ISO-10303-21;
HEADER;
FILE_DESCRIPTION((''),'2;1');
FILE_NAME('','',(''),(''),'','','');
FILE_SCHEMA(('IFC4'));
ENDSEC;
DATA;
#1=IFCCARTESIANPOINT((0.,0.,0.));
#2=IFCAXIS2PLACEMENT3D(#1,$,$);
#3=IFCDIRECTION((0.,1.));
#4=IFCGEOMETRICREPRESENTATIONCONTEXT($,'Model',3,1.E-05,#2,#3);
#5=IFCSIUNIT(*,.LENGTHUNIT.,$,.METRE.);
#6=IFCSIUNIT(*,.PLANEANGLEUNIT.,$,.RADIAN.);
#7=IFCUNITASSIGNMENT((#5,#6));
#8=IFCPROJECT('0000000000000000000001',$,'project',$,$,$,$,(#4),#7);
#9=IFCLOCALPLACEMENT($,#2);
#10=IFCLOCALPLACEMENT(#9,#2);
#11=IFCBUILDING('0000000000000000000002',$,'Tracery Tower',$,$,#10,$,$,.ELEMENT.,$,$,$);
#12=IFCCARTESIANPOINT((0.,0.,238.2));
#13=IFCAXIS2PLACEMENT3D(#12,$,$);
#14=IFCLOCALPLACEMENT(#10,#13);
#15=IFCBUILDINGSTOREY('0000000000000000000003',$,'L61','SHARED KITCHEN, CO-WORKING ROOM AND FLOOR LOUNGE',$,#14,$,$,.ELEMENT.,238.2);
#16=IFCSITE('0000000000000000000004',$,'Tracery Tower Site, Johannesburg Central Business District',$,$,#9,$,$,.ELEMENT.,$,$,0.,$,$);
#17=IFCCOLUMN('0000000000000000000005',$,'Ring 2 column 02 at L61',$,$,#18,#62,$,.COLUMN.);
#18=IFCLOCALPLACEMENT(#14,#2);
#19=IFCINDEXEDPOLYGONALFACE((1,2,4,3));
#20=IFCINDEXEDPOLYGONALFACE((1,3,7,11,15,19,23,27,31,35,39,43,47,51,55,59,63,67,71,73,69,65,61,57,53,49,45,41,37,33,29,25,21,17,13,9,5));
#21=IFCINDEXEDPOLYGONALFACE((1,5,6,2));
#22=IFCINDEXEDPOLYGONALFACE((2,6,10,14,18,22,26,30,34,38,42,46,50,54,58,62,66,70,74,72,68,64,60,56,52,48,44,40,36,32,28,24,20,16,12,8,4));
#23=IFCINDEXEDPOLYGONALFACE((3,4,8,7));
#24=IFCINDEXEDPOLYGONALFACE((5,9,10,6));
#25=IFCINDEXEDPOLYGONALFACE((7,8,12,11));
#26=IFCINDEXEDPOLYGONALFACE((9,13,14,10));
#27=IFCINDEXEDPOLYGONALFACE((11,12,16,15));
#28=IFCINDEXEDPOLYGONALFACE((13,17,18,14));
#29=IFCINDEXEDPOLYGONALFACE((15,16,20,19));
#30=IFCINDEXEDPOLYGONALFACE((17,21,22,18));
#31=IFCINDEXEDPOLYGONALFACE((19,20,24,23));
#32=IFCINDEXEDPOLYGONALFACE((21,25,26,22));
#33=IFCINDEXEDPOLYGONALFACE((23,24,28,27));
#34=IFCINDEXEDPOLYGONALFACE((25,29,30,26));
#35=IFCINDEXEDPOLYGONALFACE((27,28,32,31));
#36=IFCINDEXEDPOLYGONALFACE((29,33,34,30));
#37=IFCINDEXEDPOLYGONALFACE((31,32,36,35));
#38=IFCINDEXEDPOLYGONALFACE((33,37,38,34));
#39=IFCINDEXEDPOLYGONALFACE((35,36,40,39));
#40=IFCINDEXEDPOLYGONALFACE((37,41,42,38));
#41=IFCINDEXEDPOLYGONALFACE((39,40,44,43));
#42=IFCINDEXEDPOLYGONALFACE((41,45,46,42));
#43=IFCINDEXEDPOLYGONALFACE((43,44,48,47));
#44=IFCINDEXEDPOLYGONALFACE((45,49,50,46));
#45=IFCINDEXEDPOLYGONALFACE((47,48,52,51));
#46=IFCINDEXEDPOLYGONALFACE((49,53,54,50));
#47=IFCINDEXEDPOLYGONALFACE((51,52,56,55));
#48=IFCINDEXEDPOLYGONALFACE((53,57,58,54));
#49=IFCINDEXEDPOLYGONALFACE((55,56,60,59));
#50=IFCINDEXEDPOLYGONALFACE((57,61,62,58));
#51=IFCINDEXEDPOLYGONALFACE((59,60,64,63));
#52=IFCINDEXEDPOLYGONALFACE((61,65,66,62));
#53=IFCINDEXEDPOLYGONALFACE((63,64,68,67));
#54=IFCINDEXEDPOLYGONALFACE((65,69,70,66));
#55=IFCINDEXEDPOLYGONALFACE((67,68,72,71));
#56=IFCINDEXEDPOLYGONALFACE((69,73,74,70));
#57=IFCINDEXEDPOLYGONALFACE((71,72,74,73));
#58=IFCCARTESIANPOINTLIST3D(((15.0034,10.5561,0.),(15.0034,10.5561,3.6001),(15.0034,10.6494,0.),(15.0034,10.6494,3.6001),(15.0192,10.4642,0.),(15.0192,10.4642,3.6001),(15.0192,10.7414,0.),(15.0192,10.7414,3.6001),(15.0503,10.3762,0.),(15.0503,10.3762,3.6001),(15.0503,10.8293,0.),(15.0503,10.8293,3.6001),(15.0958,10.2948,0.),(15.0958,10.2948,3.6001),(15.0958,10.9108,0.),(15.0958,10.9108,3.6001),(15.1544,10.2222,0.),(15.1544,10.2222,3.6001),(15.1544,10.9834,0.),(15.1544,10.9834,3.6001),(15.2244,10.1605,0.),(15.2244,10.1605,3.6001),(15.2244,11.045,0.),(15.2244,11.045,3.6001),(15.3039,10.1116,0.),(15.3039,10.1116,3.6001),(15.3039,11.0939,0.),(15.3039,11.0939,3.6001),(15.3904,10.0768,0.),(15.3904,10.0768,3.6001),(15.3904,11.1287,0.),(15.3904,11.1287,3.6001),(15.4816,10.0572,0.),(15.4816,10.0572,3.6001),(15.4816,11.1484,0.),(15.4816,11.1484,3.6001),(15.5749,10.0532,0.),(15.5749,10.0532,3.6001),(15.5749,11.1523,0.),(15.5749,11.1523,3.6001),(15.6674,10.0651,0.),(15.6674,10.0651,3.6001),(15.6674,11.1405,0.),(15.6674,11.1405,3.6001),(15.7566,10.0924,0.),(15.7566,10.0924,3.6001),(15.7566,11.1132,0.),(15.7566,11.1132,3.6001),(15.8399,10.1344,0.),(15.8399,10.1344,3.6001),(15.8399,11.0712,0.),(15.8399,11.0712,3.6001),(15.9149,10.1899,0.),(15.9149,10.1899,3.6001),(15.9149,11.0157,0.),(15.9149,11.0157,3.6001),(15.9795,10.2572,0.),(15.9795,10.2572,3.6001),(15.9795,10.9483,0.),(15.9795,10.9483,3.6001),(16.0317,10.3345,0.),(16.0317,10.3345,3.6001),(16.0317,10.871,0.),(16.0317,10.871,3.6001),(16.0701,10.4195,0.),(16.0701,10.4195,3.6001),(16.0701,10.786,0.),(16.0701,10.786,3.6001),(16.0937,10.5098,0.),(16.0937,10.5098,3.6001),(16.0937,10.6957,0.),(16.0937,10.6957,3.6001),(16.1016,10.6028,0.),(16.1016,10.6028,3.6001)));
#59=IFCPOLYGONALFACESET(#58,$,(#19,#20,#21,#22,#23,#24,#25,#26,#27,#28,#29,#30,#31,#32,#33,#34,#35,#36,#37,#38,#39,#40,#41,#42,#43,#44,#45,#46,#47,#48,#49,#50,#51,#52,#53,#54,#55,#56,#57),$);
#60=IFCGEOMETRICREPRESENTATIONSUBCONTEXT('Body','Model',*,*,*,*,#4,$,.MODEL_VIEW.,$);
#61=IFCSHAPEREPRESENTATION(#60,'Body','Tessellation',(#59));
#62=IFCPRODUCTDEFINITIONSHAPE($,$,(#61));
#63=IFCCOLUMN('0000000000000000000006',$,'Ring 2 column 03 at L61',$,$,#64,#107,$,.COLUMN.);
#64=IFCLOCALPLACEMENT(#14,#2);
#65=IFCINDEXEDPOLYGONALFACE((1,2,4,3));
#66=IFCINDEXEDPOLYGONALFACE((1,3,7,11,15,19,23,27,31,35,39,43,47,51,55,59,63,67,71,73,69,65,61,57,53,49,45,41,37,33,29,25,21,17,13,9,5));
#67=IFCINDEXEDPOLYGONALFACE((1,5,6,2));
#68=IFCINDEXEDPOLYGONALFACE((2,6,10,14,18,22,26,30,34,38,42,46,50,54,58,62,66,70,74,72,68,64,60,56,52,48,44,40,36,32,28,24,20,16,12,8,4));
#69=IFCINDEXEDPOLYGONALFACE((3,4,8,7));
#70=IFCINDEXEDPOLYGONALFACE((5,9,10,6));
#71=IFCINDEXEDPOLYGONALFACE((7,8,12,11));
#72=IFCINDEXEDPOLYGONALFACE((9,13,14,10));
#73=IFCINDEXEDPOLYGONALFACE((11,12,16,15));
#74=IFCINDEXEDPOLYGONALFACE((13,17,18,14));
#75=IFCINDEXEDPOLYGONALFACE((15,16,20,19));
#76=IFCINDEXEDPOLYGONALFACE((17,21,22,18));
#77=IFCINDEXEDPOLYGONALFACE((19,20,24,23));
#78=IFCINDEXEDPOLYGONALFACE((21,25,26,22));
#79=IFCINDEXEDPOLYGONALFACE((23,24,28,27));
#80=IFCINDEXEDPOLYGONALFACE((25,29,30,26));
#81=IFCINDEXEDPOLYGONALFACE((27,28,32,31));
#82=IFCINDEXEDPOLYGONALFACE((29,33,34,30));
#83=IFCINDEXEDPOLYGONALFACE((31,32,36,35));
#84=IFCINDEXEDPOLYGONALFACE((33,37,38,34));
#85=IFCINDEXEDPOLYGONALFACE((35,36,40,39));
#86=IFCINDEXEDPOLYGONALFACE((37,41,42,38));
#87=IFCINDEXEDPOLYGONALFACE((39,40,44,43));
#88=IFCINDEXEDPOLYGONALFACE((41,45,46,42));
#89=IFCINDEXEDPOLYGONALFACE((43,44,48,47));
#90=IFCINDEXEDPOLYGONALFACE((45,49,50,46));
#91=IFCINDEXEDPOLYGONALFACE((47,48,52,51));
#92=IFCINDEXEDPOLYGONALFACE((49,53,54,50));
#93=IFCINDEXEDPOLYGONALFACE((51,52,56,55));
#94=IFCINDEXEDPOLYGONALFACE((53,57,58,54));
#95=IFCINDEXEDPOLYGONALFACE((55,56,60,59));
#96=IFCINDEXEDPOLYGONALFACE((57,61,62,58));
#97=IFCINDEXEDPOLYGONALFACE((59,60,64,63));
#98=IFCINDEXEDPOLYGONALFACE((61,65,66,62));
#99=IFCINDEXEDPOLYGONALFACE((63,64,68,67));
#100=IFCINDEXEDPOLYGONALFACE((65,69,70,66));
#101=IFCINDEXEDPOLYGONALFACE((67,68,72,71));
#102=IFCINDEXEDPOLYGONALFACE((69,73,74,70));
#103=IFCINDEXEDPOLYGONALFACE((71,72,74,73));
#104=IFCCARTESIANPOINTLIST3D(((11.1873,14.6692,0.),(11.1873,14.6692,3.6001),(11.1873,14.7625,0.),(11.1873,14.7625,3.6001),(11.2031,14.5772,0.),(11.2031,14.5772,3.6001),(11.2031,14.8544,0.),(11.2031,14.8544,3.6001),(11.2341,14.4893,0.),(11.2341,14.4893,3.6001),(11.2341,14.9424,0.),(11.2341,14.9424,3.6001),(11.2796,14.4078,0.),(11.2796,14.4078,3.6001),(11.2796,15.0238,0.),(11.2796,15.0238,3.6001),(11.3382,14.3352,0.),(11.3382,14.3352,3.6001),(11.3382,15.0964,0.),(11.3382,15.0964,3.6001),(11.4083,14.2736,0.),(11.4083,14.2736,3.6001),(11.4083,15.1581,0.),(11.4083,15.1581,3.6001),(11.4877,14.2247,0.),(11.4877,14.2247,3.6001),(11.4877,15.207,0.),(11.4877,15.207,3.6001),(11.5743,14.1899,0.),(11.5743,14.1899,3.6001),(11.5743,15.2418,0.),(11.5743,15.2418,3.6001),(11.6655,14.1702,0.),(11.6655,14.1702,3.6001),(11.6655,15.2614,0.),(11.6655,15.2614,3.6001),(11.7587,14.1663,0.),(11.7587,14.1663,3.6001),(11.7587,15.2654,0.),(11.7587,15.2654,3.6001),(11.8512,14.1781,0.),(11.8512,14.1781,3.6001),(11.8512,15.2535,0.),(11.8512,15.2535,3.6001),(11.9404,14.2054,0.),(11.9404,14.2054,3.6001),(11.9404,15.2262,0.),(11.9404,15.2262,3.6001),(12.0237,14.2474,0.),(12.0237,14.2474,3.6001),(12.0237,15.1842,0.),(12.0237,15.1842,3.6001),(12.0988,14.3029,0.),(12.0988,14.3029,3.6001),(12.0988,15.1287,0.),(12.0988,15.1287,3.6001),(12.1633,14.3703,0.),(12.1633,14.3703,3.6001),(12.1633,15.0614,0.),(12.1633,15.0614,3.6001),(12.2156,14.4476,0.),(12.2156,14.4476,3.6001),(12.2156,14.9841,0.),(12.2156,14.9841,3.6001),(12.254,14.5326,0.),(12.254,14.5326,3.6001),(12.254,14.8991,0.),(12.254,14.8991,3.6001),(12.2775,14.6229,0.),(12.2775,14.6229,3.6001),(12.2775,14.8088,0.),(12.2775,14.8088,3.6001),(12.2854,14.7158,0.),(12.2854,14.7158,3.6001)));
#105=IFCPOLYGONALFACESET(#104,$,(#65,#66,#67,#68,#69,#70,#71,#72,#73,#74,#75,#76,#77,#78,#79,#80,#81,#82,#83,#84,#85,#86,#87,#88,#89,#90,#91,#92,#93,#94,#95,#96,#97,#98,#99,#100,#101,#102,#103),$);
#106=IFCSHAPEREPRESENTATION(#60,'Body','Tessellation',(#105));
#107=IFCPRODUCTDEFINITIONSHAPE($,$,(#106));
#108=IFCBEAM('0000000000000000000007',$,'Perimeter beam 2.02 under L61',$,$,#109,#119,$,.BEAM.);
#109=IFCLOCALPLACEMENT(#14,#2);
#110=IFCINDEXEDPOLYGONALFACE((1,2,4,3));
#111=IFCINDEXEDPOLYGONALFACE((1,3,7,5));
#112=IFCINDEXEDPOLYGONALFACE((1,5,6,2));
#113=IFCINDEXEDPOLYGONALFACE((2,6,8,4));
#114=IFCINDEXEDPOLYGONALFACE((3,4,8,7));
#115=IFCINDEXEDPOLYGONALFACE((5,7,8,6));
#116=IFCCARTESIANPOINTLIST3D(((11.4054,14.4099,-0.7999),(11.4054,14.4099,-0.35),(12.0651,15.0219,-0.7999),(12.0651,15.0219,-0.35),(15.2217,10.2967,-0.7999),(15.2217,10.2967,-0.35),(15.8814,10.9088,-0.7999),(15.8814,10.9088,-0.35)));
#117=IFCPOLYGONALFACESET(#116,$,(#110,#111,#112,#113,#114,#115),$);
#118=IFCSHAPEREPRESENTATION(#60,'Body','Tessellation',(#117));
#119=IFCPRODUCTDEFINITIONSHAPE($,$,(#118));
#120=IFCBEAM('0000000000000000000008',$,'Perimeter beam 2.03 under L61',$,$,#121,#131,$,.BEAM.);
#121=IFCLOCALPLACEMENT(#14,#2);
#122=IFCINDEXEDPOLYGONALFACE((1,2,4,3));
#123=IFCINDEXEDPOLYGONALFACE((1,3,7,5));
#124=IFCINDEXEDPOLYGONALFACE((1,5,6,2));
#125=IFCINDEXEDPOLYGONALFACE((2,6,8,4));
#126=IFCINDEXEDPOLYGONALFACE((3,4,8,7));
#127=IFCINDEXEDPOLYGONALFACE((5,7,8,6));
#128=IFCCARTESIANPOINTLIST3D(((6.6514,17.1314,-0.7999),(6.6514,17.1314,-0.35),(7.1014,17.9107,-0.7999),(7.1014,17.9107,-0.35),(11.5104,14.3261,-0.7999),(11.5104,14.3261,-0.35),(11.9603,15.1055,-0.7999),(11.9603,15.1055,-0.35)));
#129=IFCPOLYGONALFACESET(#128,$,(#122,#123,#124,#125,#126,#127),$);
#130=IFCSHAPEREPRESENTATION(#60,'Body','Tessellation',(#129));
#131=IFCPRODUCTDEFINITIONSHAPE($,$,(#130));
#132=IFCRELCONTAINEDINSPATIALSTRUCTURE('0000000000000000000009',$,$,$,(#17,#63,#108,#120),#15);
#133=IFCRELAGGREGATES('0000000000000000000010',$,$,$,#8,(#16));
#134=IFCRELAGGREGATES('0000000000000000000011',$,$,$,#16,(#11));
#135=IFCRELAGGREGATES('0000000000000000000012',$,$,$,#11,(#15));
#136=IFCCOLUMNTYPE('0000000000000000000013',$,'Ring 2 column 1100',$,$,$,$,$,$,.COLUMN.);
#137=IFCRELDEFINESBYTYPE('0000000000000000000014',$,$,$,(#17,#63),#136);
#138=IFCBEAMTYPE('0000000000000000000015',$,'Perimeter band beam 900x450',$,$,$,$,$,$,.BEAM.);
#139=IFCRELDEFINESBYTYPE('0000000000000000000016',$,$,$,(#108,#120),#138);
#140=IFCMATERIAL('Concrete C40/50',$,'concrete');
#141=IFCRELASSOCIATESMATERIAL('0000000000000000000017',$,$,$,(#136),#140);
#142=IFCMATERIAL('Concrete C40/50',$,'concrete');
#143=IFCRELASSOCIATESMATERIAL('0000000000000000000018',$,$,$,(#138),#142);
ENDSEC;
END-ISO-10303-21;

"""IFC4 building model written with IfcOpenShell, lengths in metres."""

from ifc_helpers import new_model, si_unit, direction, frame, origin, origin_2d, place, context, subcontext, project, spatial, rectangle, circle, extrude, material, material_profile, profile_set, type_object, element, save


model = new_model("IFC4")

# Units and contexts
model_context = context("Model", 3, precision=1e-05, world=origin(), true_north=direction((0.0, 1.0)))
body_context = subcontext(model_context, "Body", "Model", "MODEL_VIEW")
ifc_project = project(units=[si_unit("LENGTHUNIT", "METRE"), si_unit("PLANEANGLEUNIT", "RADIAN")], contexts=[model_context])

# Site, building, storey
site_placement = place(None, origin())
site = spatial("IfcSite", under=ifc_project, at=site_placement, Name="Tracery Tower Site, Johannesburg Central Business District", CompositionType="ELEMENT", RefElevation=0.0)
building_placement = place(site_placement, origin())
building = spatial("IfcBuilding", under=site, at=building_placement, Name="Tracery Tower", CompositionType="ELEMENT")
storey_placement = place(building_placement, frame((0.0, 0.0, 238.2)))
storey = spatial("IfcBuildingStorey", under=building, at=storey_placement, Name="L61", Description="SHARED KITCHEN, CO-WORKING ROOM AND FLOOR LOUNGE", CompositionType="ELEMENT", Elevation=238.2)

# Columns
ifc_material_1 = material(Name="Concrete C40/50", Category="concrete")
ifc_material_profile_1 = material_profile(ifc_material_1, circle(Radius=0.55, at=origin_2d()), Name="RC D1100")
ifc_profile_set_1 = profile_set([ifc_material_profile_1], Name="Concrete C40/50")
column_type = type_object("IfcColumnType", Name="Ring 2 column 1100", PredefinedType="COLUMN", material=ifc_profile_set_1)
for number, where, z_axis, x_axis, name in (
    (1, (15.5515, 10.6028, 0.0), (0.0, 0.0, 1.0), (1.0, 0.0, 0.0), "Ring 2 column 02 at L61"),
    (2, (11.7354, 14.7158, 0.0), (0.0, 0.0, 1.0), (1.0, 0.0, 0.0), "Ring 2 column 03 at L61"),
):
    element("IfcColumn", number, at=place(storey_placement, frame(where, z_axis=z_axis, x_axis=x_axis)), inside=storey, type_object=column_type, Name=name, PredefinedType="COLUMN", context=body_context, shape_type="SweptSolid", body=[
        extrude(circle(Radius=0.55, at=origin_2d()), origin(), (0.0, 0.0, 1.0), 3.6001),
    ])

# Beams
ifc_material_2 = material(Name="Concrete C40/50", Category="concrete")
ifc_material_profile_2 = material_profile(ifc_material_2, rectangle(XDim=0.8999, YDim=0.45, at=origin_2d()), Name="RC 900x450")
ifc_profile_set_2 = profile_set([ifc_material_profile_2], Name="Concrete C40/50")
beam_type = type_object("IfcBeamType", Name="Perimeter band beam 900x450", PredefinedType="BEAM", material=ifc_profile_set_2)
beam_1_placement = place(storey_placement, frame((15.5515, 10.6028, -0.575), z_axis=(-0.680156, 0.733068, 0.0), x_axis=(-0.733068, -0.680156, 0.0)))
element("IfcBeam", 3, at=beam_1_placement, inside=storey, type_object=beam_type, Name="Perimeter beam 2.02 under L61", PredefinedType="BEAM", context=body_context, shape_type="SweptSolid", body=[
    extrude(rectangle(XDim=0.8999, YDim=0.45, at=origin_2d()), origin(), (0.0, 0.0, 1.0), 5.6108),
])
beam_2_placement = place(storey_placement, frame((11.7354, 14.7158, -0.575), z_axis=(-0.866033, 0.499986, 0.0), x_axis=(-0.499986, -0.866033, 0.0)))
element("IfcBeam", 4, at=beam_2_placement, inside=storey, type_object=beam_type, Name="Perimeter beam 2.03 under L61", PredefinedType="BEAM", context=body_context, shape_type="SweptSolid", body=[
    extrude(rectangle(XDim=0.8999, YDim=0.45, at=origin_2d()), origin(), (0.0, 0.0, 1.0), 5.6106),
])

save(model, "model.ifc")
